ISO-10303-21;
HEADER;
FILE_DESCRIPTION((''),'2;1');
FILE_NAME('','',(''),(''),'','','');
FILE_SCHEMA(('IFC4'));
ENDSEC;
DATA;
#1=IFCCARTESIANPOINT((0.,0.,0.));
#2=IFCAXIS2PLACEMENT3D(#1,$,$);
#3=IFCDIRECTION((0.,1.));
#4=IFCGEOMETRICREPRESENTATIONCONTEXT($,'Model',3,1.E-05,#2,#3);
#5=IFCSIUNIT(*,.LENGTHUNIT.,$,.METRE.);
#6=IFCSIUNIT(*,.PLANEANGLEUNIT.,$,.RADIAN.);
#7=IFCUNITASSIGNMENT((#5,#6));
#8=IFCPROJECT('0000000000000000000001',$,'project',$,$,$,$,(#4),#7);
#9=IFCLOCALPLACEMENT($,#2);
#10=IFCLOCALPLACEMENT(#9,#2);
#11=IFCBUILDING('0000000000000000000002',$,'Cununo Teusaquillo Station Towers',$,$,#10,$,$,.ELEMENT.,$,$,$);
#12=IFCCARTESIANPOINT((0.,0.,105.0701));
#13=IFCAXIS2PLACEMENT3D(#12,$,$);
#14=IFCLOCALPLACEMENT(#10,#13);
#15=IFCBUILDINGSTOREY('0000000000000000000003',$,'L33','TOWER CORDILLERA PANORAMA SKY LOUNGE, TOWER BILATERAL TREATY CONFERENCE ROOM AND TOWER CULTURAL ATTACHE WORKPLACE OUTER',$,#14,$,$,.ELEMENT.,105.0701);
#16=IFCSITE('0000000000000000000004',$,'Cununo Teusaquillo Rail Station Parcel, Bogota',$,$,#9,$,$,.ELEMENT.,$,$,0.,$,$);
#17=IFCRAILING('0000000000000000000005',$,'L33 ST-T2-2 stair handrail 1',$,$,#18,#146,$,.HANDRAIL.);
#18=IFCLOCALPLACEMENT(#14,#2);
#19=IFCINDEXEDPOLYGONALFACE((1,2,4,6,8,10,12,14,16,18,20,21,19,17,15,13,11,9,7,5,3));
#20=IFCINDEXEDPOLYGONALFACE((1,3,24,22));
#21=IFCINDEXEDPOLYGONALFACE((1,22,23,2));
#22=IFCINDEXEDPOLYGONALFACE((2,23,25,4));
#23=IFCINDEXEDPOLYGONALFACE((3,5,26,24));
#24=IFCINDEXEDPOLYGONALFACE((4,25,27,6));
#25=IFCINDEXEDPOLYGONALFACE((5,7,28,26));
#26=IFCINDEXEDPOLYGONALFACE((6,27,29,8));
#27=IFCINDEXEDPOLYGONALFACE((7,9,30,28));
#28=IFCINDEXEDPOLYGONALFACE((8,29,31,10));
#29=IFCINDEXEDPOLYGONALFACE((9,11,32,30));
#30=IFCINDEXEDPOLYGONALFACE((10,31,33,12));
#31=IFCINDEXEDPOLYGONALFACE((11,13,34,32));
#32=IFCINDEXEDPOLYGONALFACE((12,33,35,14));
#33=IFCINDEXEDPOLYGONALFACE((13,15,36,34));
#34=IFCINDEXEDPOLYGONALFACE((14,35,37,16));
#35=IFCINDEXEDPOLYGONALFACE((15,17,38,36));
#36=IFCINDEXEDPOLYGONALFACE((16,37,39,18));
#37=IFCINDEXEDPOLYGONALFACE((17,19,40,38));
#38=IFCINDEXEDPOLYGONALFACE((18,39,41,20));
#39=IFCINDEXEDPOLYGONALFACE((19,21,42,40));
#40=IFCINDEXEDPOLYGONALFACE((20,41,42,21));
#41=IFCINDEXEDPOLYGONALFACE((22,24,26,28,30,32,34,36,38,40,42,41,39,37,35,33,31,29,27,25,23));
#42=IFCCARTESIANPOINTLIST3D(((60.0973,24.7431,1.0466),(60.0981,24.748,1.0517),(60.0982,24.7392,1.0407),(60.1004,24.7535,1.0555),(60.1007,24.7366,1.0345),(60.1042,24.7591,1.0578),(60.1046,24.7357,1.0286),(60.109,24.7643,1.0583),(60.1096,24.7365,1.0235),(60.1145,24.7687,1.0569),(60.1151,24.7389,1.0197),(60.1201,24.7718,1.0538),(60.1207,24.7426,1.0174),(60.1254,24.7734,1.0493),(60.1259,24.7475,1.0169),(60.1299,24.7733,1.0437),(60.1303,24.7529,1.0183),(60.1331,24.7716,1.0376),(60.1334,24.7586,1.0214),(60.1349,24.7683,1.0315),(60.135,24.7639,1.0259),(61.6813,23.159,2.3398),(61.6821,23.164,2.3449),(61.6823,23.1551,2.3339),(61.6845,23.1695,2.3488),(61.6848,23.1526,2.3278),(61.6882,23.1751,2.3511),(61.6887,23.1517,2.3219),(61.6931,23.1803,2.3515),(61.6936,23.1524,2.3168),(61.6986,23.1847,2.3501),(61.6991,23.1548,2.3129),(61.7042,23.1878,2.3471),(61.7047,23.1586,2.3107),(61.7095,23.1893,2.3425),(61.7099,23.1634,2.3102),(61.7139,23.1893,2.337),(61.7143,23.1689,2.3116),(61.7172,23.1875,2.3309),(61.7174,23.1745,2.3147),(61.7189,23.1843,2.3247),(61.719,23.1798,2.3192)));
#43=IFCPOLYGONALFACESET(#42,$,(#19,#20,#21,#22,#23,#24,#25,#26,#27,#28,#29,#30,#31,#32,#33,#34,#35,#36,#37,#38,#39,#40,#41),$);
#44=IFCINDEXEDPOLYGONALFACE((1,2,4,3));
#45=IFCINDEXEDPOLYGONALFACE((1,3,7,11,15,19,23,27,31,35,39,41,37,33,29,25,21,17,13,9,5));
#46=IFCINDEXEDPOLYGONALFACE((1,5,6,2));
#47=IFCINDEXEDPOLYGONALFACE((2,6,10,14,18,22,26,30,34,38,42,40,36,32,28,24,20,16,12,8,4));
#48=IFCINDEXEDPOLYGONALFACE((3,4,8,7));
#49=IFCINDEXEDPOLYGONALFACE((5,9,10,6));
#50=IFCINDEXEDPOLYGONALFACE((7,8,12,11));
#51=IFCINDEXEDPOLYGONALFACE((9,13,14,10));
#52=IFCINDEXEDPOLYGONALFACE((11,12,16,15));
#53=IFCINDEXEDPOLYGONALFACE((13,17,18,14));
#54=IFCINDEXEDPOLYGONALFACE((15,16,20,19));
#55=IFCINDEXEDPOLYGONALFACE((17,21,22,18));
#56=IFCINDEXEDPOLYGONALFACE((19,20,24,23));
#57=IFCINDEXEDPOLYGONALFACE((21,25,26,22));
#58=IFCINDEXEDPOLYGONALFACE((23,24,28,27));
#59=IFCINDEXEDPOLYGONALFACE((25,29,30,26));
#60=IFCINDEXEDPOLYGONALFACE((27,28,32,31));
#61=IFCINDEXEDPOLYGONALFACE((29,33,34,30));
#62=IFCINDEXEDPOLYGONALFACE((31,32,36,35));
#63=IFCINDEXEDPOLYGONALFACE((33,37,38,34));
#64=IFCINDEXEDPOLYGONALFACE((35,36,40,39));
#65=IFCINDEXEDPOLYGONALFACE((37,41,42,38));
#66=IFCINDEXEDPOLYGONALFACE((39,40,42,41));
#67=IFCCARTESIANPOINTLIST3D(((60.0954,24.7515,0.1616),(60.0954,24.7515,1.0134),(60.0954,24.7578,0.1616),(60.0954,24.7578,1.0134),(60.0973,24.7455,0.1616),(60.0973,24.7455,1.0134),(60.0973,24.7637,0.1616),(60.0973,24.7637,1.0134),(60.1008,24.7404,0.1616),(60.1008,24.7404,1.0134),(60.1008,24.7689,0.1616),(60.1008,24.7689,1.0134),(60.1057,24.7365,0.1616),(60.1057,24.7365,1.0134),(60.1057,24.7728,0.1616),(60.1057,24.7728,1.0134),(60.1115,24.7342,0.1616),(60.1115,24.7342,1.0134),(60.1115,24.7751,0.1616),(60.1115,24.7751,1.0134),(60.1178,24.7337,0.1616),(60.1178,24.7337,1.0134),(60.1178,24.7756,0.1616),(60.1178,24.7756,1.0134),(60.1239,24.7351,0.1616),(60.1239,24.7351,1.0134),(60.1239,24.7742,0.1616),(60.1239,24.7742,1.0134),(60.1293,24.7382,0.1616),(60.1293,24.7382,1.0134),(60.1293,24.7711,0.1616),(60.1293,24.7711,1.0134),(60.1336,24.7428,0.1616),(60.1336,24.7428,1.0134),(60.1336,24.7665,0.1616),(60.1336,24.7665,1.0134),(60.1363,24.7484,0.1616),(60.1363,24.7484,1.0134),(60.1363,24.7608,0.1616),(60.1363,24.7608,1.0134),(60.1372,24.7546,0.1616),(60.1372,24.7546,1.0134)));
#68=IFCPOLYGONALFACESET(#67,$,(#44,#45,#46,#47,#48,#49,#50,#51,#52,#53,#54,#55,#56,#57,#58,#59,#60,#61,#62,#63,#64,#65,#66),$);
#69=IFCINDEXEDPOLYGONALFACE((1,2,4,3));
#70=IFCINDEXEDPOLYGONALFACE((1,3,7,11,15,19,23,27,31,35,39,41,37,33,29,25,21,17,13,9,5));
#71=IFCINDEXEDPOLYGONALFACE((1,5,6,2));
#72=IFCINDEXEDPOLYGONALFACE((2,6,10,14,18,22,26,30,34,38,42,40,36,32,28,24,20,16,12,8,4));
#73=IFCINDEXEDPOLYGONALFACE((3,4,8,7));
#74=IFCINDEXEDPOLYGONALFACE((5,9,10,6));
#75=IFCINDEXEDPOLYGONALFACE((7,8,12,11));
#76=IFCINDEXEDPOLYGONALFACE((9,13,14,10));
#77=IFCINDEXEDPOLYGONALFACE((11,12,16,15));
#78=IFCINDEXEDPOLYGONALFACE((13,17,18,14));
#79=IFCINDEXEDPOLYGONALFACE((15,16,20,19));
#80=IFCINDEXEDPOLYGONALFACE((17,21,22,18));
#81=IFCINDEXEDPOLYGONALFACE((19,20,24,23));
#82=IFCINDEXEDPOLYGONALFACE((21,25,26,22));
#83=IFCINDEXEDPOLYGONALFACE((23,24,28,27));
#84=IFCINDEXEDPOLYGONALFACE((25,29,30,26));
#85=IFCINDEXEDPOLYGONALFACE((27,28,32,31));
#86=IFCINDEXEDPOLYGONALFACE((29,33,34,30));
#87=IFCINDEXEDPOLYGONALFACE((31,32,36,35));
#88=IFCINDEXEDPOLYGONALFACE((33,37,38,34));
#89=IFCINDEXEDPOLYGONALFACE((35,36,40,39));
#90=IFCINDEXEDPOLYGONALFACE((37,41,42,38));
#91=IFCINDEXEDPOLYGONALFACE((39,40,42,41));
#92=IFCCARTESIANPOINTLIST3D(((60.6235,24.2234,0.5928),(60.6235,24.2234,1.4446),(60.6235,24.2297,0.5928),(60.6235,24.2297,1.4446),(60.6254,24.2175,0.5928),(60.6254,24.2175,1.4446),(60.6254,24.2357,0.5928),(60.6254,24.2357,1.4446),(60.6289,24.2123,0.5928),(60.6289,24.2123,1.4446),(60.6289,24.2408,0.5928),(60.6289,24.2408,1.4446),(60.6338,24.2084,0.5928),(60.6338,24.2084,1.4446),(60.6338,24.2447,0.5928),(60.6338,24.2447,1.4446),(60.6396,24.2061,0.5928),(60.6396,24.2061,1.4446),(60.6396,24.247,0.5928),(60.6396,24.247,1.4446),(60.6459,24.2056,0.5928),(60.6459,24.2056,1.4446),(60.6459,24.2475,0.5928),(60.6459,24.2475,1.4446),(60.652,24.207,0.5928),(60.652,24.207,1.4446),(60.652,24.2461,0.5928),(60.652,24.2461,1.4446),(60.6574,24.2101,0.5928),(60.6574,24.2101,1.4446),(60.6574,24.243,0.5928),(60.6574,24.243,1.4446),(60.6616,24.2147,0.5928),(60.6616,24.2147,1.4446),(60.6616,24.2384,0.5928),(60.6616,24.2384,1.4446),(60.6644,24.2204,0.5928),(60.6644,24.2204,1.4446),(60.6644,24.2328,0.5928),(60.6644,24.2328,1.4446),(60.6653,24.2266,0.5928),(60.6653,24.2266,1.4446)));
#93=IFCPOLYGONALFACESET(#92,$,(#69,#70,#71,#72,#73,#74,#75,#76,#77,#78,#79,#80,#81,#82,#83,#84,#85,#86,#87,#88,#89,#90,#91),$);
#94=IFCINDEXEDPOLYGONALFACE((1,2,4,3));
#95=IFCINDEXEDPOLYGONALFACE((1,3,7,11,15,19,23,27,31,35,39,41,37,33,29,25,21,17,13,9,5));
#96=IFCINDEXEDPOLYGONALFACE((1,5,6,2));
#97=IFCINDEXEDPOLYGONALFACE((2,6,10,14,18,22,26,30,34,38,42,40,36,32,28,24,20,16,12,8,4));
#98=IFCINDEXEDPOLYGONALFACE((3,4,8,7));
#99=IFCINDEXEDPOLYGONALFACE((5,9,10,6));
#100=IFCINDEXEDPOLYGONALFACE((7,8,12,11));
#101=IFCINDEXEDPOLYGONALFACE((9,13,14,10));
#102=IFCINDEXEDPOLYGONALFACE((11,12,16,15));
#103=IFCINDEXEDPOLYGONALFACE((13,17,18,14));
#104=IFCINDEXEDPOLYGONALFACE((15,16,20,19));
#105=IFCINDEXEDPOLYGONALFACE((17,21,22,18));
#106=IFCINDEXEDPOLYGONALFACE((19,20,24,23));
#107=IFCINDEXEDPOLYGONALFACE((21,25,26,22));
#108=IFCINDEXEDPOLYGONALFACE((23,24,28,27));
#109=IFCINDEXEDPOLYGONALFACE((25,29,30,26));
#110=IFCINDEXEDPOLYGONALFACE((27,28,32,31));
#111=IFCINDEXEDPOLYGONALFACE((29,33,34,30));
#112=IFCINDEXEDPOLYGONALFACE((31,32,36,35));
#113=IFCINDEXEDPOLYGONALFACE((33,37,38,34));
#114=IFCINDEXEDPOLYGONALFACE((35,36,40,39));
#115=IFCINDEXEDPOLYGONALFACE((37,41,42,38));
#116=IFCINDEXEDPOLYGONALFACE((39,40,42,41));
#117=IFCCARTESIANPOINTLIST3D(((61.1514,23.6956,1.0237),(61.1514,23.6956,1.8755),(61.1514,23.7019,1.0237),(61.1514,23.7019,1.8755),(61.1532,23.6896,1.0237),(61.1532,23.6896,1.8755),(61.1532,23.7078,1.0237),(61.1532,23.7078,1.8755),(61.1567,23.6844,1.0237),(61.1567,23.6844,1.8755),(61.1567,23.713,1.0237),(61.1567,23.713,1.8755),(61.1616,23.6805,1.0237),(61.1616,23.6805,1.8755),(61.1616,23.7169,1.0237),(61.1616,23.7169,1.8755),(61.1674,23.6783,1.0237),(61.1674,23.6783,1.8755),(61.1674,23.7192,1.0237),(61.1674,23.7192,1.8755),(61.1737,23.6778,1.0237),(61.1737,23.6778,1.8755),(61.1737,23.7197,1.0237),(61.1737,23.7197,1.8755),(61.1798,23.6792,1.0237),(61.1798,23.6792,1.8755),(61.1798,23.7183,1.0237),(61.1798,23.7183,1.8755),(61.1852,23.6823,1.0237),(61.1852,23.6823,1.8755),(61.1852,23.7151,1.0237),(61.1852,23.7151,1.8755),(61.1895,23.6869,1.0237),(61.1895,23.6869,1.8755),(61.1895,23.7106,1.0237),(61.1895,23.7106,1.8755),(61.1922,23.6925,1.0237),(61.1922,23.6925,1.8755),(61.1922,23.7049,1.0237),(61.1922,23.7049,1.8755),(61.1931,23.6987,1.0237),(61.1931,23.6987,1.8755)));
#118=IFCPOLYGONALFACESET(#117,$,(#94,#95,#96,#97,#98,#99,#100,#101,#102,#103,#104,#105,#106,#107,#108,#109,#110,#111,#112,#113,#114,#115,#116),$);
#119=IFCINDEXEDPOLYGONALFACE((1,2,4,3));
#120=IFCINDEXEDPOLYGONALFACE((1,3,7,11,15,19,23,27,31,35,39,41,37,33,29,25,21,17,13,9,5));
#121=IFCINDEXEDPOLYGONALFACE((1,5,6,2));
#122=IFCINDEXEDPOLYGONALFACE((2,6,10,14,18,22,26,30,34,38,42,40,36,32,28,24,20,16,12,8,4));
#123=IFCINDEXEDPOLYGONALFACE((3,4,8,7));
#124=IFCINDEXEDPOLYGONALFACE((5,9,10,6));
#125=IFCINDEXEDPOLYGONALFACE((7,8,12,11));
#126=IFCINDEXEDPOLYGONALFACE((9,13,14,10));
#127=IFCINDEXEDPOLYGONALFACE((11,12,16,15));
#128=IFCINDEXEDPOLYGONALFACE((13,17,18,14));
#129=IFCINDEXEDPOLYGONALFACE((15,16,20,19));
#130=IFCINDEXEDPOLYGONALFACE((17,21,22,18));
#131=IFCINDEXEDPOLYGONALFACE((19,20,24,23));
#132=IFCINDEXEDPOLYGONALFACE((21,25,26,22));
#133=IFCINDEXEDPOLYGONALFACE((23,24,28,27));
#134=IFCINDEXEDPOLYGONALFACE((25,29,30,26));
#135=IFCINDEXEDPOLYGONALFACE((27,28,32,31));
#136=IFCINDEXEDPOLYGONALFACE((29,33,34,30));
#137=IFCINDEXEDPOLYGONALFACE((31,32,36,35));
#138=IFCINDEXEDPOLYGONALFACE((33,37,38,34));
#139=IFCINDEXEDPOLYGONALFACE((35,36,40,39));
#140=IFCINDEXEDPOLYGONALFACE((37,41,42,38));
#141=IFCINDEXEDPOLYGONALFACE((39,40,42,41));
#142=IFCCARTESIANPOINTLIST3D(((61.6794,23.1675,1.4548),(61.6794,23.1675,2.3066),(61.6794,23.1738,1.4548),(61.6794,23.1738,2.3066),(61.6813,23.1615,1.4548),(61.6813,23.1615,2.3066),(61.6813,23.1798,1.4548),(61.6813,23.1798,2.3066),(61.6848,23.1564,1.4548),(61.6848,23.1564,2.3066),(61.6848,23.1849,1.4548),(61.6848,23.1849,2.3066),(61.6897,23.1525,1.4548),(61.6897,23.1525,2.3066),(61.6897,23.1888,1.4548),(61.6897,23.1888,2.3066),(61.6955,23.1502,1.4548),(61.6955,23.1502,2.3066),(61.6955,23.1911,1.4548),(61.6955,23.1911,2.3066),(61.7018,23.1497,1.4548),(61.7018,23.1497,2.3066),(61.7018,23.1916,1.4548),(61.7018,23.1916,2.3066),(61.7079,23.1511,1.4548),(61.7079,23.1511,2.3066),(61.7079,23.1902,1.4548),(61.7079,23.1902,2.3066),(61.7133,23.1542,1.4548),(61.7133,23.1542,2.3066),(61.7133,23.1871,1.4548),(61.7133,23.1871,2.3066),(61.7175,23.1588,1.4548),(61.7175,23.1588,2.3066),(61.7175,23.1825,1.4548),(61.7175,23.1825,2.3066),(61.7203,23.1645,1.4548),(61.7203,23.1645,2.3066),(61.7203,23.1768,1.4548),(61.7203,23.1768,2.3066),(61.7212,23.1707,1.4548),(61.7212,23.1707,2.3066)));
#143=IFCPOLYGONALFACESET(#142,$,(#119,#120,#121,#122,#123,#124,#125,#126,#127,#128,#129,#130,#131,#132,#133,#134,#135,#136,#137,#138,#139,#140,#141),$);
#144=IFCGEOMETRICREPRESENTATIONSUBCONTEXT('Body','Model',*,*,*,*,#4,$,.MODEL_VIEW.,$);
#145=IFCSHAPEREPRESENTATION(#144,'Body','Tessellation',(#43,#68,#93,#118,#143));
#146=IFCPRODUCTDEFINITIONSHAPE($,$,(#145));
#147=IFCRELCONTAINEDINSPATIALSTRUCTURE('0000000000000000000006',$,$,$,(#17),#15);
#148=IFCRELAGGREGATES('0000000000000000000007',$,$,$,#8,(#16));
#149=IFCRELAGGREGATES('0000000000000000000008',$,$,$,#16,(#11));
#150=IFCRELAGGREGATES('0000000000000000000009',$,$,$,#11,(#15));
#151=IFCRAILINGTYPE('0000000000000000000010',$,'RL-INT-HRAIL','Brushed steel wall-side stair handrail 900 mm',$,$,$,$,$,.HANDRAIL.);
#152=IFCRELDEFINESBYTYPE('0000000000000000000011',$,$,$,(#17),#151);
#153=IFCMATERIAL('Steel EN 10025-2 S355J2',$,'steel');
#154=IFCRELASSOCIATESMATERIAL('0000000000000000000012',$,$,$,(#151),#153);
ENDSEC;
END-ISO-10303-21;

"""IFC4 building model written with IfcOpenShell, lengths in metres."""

from ifc_helpers import new_model, si_unit, direction, frame, origin, origin_2d, place, context, subcontext, project, spatial, circle, extrude, material, type_object, element, save


model = new_model("IFC4")

# Units and contexts
model_context = context("Model", 3, precision=1e-05, world=origin(), true_north=direction((0.0, 1.0)))
body_context = subcontext(model_context, "Body", "Model", "MODEL_VIEW")
ifc_project = project(units=[si_unit("LENGTHUNIT", "METRE"), si_unit("PLANEANGLEUNIT", "RADIAN")], contexts=[model_context])

# Site, building, storey
site_placement = place(None, origin())
site = spatial("IfcSite", under=ifc_project, at=site_placement, Name="Cununo Teusaquillo Rail Station Parcel, Bogota", CompositionType="ELEMENT", RefElevation=0.0)
building_placement = place(site_placement, origin())
building = spatial("IfcBuilding", under=site, at=building_placement, Name="Cununo Teusaquillo Station Towers", CompositionType="ELEMENT")
storey_placement = place(building_placement, frame((0.0, 0.0, 105.0701)))
storey = spatial("IfcBuildingStorey", under=building, at=storey_placement, Name="L33", Description="TOWER CORDILLERA PANORAMA SKY LOUNGE, TOWER BILATERAL TREATY CONFERENCE ROOM AND TOWER CULTURAL ATTACHE WORKPLACE OUTER", CompositionType="ELEMENT", Elevation=105.0701)

# Railing
ifc_material_1 = material(Name="Steel EN 10025-2 S355J2", Category="steel")
railing_type_1 = type_object("IfcRailingType", Name="RL-INT-HRAIL", Description="Brushed steel wall-side stair handrail 900 mm", PredefinedType="HANDRAIL", material=ifc_material_1)
railing_1_placement = place(storey_placement, frame((60.1162, 24.7546, 0.1616)))
element("IfcRailing", 1, at=railing_1_placement, inside=storey, type_object=railing_type_1, Name="L33 ST-T2-2 stair handrail 1", PredefinedType="HANDRAIL", context=body_context, shape_type="SweptSolid", body=[
    extrude(circle(Radius=0.0239, at=origin_2d()), frame((0.0, 0.0, 0.876), z_axis=(0.612385, -0.612385, 0.49997), x_axis=(0.707107, 0.707107, 0.0)), (0.0, 0.0, 1.0), 2.5867),
    extrude(circle(Radius=0.021, at=origin_2d()), origin(), (0.0, 0.0, 1.0), 0.8518),
    extrude(circle(Radius=0.021, at=origin_2d()), frame((0.5281, -0.5281, 0.4312)), (0.0, 0.0, 1.0), 0.8518),
    extrude(circle(Radius=0.021, at=origin_2d()), frame((1.0559, -1.0559, 0.8621)), (0.0, 0.0, 1.0), 0.8518),
    extrude(circle(Radius=0.021, at=origin_2d()), frame((1.584, -1.584, 1.2932)), (0.0, 0.0, 1.0), 0.8518),
])

save(model, "model.ifc")
